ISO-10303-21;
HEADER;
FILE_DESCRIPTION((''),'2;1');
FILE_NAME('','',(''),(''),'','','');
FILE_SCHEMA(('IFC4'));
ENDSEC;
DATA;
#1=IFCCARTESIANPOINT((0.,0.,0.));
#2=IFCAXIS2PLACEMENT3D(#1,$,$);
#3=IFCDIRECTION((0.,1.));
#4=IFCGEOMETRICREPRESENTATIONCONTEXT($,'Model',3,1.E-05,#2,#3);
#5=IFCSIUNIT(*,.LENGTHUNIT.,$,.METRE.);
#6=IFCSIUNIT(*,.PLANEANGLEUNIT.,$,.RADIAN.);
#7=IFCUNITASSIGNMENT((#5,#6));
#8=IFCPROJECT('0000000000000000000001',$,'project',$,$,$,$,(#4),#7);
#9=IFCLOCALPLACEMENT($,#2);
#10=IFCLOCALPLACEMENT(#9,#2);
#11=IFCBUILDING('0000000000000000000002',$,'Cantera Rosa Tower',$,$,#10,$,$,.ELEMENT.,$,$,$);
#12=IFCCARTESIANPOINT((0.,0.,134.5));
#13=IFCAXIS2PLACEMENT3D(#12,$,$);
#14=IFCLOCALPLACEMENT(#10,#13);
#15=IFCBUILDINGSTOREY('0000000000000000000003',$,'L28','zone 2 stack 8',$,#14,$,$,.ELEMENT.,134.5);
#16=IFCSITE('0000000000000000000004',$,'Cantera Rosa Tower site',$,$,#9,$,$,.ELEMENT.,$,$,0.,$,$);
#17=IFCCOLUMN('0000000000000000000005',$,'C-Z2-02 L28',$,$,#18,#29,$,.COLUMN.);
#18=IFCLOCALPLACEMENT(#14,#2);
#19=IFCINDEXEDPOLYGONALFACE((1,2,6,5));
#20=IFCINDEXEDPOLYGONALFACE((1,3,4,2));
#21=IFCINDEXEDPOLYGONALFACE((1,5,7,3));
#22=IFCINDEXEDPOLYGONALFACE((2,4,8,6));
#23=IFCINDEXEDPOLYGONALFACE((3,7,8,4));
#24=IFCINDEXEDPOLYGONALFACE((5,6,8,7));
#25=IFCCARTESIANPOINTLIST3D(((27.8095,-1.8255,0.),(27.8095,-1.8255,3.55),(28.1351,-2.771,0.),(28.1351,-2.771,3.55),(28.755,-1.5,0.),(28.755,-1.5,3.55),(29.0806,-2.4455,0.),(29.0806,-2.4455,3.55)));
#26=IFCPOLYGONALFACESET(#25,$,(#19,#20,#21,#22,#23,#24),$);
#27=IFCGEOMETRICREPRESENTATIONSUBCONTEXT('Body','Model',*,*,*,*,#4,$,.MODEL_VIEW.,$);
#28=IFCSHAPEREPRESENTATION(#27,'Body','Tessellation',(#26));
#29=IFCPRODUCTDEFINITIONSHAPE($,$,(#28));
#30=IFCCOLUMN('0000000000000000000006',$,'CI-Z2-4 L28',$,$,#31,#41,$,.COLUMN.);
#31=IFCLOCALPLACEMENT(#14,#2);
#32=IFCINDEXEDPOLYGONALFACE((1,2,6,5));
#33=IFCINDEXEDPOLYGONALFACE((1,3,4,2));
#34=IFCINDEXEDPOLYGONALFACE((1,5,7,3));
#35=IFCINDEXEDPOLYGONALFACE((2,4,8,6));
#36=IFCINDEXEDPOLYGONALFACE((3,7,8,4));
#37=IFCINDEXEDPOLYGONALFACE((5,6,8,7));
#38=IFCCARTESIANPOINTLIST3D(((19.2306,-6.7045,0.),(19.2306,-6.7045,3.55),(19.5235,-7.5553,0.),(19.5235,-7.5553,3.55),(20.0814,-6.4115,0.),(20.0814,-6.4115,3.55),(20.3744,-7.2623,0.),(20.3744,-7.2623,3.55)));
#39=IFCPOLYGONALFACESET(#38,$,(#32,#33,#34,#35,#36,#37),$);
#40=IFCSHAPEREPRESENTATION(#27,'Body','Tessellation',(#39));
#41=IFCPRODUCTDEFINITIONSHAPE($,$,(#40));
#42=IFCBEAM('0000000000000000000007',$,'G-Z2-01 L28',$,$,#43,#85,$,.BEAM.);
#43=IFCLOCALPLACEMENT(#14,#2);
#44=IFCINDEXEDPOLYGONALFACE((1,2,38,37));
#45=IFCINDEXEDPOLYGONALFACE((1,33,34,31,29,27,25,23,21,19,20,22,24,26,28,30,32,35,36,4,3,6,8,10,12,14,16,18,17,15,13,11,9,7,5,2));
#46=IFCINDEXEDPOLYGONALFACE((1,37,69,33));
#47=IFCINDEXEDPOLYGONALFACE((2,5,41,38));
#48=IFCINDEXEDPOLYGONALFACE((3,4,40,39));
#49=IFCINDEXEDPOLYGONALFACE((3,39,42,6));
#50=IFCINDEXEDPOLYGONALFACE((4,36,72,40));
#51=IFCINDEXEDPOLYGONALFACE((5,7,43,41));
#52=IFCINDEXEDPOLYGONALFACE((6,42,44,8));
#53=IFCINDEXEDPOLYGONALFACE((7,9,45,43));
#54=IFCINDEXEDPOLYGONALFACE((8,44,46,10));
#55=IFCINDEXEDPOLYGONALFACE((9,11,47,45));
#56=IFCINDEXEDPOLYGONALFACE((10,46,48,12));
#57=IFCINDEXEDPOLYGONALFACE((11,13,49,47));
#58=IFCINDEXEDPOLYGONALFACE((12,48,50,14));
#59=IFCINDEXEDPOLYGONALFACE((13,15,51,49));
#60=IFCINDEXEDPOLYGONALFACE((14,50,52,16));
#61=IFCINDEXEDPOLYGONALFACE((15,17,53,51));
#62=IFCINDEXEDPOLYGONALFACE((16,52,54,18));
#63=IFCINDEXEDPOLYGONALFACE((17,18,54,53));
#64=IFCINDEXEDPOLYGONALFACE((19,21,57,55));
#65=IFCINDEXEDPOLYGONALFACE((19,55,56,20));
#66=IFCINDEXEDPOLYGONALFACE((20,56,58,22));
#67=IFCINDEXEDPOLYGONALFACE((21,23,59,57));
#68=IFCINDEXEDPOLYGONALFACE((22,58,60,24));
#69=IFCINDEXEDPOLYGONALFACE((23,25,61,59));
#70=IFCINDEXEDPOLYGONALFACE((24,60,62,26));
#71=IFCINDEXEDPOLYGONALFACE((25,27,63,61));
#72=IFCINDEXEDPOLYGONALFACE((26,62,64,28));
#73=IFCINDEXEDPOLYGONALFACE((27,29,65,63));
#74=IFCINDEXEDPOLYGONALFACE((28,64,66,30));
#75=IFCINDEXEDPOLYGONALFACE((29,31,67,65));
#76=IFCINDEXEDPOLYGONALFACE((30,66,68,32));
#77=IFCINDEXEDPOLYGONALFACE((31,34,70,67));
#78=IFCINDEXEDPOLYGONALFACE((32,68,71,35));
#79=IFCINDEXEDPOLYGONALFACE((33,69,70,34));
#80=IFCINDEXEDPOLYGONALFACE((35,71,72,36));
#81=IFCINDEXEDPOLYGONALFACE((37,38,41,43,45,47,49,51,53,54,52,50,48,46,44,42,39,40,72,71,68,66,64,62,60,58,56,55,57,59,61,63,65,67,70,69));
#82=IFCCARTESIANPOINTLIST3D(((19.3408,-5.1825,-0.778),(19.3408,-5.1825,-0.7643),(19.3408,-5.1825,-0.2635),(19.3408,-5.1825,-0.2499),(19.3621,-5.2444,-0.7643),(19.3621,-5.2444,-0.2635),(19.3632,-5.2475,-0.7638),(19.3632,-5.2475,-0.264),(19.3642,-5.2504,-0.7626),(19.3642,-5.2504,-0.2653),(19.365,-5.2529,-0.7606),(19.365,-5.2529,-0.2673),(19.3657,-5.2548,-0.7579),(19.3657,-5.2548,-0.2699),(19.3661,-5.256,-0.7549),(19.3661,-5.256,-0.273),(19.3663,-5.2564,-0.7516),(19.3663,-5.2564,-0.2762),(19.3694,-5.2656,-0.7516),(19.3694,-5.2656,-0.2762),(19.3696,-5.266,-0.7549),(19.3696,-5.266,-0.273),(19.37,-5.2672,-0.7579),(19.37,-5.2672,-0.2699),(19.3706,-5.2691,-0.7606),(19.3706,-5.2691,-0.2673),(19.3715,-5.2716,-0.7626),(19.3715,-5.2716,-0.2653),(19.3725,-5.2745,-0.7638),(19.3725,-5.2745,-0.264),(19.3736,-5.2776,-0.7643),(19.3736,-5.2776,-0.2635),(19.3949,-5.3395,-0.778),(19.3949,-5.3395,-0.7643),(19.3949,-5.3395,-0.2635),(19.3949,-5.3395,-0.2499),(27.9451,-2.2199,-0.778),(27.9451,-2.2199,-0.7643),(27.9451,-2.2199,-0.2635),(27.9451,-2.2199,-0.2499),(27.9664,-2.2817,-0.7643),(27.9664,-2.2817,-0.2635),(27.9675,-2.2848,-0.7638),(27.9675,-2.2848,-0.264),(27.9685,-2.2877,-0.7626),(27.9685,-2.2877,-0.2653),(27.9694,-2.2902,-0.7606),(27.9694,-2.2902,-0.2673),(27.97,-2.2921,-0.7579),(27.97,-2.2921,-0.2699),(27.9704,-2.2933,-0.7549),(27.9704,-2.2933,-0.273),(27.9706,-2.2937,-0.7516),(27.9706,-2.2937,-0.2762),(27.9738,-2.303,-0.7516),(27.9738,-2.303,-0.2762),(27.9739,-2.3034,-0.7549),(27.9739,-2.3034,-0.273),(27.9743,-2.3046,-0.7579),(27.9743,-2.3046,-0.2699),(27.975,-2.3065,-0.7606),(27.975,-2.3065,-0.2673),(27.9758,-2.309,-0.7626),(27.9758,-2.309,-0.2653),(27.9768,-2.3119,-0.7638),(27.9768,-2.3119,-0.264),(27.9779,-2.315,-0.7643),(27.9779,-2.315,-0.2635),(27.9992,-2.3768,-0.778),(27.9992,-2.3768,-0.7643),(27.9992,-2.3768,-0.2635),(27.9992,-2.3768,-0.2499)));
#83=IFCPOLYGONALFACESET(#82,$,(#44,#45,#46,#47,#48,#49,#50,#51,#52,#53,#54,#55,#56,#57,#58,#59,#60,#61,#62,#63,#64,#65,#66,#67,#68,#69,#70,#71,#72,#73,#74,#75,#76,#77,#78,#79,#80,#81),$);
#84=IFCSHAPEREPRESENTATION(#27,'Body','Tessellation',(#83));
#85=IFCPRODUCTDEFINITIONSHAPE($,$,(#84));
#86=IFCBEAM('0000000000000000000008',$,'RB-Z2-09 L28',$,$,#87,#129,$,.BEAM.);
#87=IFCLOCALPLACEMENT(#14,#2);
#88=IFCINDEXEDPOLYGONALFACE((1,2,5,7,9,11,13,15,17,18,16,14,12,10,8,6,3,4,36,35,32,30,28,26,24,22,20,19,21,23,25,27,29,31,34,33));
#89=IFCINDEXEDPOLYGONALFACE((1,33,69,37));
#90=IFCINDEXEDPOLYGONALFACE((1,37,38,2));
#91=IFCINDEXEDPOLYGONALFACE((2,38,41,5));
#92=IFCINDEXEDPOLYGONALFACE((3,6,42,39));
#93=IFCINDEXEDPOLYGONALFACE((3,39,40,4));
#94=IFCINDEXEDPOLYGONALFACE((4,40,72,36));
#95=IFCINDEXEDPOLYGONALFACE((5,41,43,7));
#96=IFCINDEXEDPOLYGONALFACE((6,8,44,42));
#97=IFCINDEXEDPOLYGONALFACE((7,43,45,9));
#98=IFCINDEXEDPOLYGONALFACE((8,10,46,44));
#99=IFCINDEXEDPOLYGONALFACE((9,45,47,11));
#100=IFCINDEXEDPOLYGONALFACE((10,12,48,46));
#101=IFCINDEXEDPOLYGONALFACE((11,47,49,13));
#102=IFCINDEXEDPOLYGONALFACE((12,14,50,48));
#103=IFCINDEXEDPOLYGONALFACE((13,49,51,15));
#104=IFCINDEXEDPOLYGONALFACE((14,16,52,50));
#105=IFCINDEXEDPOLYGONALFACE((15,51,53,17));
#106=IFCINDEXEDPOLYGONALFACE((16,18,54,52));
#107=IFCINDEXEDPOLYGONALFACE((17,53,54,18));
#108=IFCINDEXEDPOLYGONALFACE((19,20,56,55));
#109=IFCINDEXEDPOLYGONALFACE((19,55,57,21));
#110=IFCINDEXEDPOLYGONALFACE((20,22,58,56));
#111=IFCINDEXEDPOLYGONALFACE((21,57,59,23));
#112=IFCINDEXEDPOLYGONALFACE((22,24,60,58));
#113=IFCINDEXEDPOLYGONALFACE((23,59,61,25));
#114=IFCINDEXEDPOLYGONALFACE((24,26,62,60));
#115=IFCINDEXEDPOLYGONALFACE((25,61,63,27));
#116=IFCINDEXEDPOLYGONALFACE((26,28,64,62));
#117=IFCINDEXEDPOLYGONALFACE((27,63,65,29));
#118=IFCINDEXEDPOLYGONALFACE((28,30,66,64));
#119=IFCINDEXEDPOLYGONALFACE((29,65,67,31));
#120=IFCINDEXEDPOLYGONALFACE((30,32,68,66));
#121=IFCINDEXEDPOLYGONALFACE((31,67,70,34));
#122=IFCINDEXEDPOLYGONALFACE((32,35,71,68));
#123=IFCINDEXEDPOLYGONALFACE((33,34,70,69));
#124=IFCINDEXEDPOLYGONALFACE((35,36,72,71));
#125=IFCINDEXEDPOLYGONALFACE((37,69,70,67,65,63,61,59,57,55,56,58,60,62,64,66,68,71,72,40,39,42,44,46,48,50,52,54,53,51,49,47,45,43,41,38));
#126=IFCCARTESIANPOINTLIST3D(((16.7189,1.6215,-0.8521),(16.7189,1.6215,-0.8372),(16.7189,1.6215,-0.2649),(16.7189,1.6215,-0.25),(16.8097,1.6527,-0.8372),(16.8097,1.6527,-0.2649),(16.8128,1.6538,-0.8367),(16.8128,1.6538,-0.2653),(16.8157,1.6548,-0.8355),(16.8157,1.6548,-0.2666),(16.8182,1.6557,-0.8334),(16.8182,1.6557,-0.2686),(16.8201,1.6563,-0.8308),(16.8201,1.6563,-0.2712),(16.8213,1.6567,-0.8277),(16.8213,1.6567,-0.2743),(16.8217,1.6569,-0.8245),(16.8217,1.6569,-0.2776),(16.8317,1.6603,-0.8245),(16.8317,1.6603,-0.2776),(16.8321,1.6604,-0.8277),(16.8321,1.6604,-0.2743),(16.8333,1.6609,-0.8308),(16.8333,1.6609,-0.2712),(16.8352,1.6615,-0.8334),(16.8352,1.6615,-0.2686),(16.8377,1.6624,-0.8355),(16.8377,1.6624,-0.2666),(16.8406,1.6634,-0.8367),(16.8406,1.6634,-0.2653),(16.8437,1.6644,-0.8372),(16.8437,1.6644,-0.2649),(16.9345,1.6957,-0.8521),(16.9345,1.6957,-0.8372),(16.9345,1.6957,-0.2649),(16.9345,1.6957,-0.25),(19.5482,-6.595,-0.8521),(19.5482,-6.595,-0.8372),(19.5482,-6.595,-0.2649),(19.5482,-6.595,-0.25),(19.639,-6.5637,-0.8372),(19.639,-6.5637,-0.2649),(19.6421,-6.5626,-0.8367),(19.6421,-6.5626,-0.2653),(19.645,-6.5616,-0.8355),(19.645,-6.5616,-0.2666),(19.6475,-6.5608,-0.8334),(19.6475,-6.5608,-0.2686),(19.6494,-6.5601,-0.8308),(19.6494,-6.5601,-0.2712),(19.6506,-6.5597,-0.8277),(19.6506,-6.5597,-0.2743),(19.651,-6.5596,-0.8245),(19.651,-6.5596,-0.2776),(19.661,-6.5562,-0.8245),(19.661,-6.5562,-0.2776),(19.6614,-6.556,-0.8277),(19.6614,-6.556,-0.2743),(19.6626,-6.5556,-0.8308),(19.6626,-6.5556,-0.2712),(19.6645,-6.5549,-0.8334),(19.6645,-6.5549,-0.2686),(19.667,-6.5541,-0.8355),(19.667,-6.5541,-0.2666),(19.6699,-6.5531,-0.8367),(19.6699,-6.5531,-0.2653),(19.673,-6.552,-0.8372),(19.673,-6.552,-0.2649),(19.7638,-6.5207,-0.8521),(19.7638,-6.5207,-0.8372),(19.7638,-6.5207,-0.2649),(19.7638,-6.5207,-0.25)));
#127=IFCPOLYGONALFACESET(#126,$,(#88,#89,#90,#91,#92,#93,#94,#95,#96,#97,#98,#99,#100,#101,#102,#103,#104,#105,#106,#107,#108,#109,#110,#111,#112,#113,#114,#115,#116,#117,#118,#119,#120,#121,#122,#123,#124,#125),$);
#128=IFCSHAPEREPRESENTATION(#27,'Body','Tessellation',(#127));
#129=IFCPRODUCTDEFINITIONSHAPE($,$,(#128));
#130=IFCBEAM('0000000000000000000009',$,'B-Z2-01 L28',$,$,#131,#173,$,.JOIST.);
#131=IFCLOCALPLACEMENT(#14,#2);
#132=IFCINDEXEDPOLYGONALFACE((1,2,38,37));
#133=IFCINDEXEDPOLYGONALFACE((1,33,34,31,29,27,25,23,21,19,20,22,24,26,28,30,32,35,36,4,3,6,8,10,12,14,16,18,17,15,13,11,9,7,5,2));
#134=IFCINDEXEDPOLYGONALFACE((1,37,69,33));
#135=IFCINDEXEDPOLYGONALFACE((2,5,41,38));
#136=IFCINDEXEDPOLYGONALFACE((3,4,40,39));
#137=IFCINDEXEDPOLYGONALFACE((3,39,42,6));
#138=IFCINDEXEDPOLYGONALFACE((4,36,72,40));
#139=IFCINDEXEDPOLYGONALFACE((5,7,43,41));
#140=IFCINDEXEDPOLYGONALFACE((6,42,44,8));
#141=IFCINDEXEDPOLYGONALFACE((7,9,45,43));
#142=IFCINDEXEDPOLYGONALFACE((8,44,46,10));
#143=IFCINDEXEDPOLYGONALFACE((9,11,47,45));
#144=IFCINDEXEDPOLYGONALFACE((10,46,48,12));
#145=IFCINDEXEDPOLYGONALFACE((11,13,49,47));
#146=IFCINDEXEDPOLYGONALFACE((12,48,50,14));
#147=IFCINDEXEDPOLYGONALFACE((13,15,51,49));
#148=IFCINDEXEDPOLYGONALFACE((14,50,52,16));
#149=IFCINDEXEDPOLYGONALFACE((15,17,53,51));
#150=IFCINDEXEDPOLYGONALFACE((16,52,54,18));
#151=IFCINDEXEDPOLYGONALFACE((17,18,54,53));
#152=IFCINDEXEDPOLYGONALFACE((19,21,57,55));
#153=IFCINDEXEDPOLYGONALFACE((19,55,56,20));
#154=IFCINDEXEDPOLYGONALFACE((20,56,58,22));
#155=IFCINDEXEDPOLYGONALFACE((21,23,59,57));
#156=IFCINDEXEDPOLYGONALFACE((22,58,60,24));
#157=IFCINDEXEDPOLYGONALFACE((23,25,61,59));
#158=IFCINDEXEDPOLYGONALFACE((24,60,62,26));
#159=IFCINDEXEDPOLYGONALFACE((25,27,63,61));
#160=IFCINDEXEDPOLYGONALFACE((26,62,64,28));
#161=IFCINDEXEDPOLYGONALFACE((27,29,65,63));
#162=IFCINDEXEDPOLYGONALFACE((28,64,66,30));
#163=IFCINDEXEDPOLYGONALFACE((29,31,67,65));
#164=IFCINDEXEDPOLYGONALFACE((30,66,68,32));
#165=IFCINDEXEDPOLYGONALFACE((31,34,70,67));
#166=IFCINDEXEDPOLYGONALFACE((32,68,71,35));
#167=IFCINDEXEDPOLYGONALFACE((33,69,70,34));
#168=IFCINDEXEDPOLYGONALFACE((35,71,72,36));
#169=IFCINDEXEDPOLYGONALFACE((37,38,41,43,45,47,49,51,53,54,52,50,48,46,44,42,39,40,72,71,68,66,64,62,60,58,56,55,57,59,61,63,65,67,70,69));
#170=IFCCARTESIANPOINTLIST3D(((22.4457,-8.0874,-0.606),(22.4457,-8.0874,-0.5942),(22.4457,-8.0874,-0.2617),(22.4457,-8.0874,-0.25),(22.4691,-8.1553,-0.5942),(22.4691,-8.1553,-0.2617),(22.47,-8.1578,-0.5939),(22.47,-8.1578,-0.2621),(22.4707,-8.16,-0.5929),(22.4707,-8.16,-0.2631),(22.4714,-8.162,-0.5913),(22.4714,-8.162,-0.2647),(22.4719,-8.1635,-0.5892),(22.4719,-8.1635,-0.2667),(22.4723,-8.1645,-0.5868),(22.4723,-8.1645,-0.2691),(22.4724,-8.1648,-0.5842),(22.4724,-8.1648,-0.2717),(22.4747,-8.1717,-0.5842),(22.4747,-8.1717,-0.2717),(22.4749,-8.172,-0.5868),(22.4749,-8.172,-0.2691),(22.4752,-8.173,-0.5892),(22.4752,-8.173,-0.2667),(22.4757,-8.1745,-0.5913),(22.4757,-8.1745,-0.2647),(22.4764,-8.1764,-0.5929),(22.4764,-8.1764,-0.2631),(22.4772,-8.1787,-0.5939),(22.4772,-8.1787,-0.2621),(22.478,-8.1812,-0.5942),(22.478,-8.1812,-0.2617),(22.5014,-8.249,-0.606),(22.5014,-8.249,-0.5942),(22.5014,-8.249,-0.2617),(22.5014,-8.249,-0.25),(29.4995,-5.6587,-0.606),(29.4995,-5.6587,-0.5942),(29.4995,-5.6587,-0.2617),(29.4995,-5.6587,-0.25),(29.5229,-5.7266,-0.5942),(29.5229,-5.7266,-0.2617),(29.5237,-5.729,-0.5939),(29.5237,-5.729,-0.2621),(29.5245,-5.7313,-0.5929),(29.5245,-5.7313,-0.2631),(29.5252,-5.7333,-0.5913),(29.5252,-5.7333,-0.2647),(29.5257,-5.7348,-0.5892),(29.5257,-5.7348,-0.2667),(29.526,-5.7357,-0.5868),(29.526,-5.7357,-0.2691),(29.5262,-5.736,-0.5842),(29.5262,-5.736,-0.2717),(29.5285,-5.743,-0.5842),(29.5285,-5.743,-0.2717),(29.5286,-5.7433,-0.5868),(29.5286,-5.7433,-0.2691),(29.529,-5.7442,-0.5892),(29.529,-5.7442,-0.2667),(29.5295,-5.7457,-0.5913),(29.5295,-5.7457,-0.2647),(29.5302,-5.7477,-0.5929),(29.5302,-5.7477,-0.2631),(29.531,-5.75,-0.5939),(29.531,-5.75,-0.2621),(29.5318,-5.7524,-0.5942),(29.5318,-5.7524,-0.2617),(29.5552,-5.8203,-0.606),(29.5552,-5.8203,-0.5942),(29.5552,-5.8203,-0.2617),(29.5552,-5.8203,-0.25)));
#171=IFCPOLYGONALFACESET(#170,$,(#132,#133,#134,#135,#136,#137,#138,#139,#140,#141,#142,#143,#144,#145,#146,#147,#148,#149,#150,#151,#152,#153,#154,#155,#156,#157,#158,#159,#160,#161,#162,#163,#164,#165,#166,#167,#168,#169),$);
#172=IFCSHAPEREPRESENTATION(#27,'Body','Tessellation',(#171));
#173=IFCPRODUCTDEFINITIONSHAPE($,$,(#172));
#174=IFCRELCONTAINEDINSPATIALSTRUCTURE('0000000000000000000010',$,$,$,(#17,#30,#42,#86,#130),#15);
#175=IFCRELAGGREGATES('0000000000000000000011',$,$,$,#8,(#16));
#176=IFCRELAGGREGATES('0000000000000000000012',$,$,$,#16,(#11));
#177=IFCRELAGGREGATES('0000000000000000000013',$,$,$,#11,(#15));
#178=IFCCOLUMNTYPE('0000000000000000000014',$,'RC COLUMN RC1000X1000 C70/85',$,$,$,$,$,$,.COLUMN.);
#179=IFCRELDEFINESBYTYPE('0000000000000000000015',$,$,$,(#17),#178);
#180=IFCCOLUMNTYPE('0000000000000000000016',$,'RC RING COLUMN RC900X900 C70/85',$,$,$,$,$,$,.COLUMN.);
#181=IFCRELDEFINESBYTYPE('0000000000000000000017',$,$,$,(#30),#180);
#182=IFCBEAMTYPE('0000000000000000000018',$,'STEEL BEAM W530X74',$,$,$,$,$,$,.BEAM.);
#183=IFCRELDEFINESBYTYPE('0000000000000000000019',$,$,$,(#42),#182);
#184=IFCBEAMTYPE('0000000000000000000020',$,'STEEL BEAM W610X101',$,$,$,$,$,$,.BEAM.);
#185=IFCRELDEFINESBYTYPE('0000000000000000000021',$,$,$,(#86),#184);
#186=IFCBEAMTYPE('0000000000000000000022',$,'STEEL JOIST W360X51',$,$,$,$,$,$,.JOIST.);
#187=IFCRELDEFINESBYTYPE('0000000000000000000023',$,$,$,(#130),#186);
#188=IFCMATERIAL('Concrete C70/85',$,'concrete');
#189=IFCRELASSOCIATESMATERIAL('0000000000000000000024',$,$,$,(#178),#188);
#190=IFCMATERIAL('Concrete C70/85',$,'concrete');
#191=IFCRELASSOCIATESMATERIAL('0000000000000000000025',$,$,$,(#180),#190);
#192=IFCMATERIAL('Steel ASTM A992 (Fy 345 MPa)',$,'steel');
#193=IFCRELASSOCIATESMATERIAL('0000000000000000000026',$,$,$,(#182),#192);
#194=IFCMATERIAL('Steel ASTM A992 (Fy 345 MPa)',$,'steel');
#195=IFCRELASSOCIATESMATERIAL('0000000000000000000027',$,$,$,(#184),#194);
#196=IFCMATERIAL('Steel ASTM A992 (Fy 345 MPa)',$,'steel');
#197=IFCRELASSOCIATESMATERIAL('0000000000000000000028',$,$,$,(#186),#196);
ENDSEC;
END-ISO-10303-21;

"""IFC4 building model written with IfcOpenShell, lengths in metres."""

from ifc_helpers import new_model, si_unit, direction, frame, origin, origin_2d, place, context, subcontext, project, spatial, rectangle, i_section, extrude, material, material_profile, profile_set, type_object, element, save


model = new_model("IFC4")

# Units and contexts
model_context = context("Model", 3, precision=1e-05, world=origin(), true_north=direction((0.0, 1.0)))
body_context = subcontext(model_context, "Body", "Model", "MODEL_VIEW")
ifc_project = project(units=[si_unit("LENGTHUNIT", "METRE"), si_unit("PLANEANGLEUNIT", "RADIAN")], contexts=[model_context])

# Site, building, storey
site_placement = place(None, origin())
site = spatial("IfcSite", under=ifc_project, at=site_placement, Name="Cantera Rosa Tower site", CompositionType="ELEMENT", RefElevation=0.0)
building_placement = place(site_placement, origin())
building = spatial("IfcBuilding", under=site, at=building_placement, Name="Cantera Rosa Tower", CompositionType="ELEMENT")
storey_placement = place(building_placement, frame((0.0, 0.0, 134.5)))
storey = spatial("IfcBuildingStorey", under=building, at=storey_placement, Name="L28", Description="zone 2 stack 8", CompositionType="ELEMENT", Elevation=134.5)

# Columns
ifc_material_1 = material(Name="Concrete C70/85", Category="concrete")
ifc_material_profile_1 = material_profile(ifc_material_1, rectangle(XDim=1.0, YDim=1.0, at=origin_2d()), Name="RC COLUMN RC1000X1000 C70/85")
ifc_profile_set_1 = profile_set([ifc_material_profile_1], Name="Concrete C70/85")
column_type_1 = type_object("IfcColumnType", Name="RC COLUMN RC1000X1000 C70/85", PredefinedType="COLUMN", material=ifc_profile_set_1)
column_1_placement = place(storey_placement, frame((28.4451, -2.1355, 0.0), z_axis=(0.0, 0.0, 1.0), x_axis=(0.945519, 0.325568, 0.0)))
element("IfcColumn", 1, at=column_1_placement, inside=storey, type_object=column_type_1, Name="C-Z2-02 L28", PredefinedType="COLUMN", context=body_context, shape_type="SweptSolid", body=[
    extrude(rectangle(XDim=1.0, YDim=1.0, at=origin_2d()), origin(), (0.0, 0.0, 1.0), 3.55),
])
ifc_material_2 = material(Name="Concrete C70/85", Category="concrete")
ifc_material_profile_2 = material_profile(ifc_material_2, rectangle(XDim=0.8999, YDim=0.8999, at=origin_2d()), Name="RC RING COLUMN RC900X900 C70/85")
ifc_profile_set_2 = profile_set([ifc_material_profile_2], Name="Concrete C70/85")
column_type_2 = type_object("IfcColumnType", Name="RC RING COLUMN RC900X900 C70/85", PredefinedType="COLUMN", material=ifc_profile_set_2)
column_2_placement = place(storey_placement, frame((19.8025, -6.9834, 0.0), z_axis=(0.0, 0.0, 1.0), x_axis=(0.945519, 0.325568, 0.0)))
element("IfcColumn", 2, at=column_2_placement, inside=storey, type_object=column_type_2, Name="CI-Z2-4 L28", PredefinedType="COLUMN", context=body_context, shape_type="SweptSolid", body=[
    extrude(rectangle(XDim=0.8999, YDim=0.8999, at=origin_2d()), origin(), (0.0, 0.0, 1.0), 3.55),
])

# Beams
ifc_material_3 = material(Name="Steel ASTM A992 (Fy 345 MPa)", Category="steel")
ifc_material_profile_3 = material_profile(ifc_material_3, i_section(OverallWidth=0.166, OverallDepth=0.5281, WebThickness=0.0098, FlangeThickness=0.0137, FilletRadius=0.0127, at=origin_2d()), Name="W530X74")
ifc_profile_set_3 = profile_set([ifc_material_profile_3], Name="Steel ASTM A992 (Fy 345 MPa)")
beam_type_1 = type_object("IfcBeamType", Name="STEEL BEAM W530X74", PredefinedType="BEAM", material=ifc_profile_set_3)
beam_1_placement = place(storey_placement, frame((27.9722, -2.2983, -0.5139), z_axis=(-0.94552, -0.325565, 0.0), x_axis=(0.325565, -0.94552, 0.0)))
element("IfcBeam", 3, at=beam_1_placement, inside=storey, type_object=beam_type_1, Name="G-Z2-01 L28", PredefinedType="BEAM", context=body_context, shape_type="SweptSolid", body=[
    extrude(i_section(OverallWidth=0.166, OverallDepth=0.5281, WebThickness=0.0098, FlangeThickness=0.0137, FilletRadius=0.0127, at=origin_2d()), origin(), (0.0, 0.0, 1.0), 9.1001),
])
ifc_material_4 = material(Name="Steel ASTM A992 (Fy 345 MPa)", Category="steel")
ifc_material_profile_4 = material_profile(ifc_material_4, i_section(OverallWidth=0.228, OverallDepth=0.6021, WebThickness=0.0105, FlangeThickness=0.0149, FilletRadius=0.0127, at=origin_2d()), Name="W610X101")
ifc_profile_set_4 = profile_set([ifc_material_profile_4], Name="Steel ASTM A992 (Fy 345 MPa)")
beam_type_2 = type_object("IfcBeamType", Name="STEEL BEAM W610X101", PredefinedType="BEAM", material=ifc_profile_set_4)
beam_2_placement = place(storey_placement, frame((19.656, -6.5579, -0.551), z_axis=(-0.325585, 0.945513, 0.0), x_axis=(-0.945513, -0.325585, 0.0)))
element("IfcBeam", 4, at=beam_2_placement, inside=storey, type_object=beam_type_2, Name="RB-Z2-09 L28", PredefinedType="BEAM", context=body_context, shape_type="SweptSolid", body=[
    extrude(i_section(OverallWidth=0.228, OverallDepth=0.6021, WebThickness=0.0105, FlangeThickness=0.0149, FilletRadius=0.0127, at=origin_2d()), origin(), (0.0, 0.0, 1.0), 8.6899),
])
ifc_material_5 = material(Name="Steel ASTM A992 (Fy 345 MPa)", Category="steel")
ifc_material_profile_5 = material_profile(ifc_material_5, i_section(OverallWidth=0.1709, OverallDepth=0.356, WebThickness=0.0073, FlangeThickness=0.0117, FilletRadius=0.01, at=origin_2d()), Name="W360X51")
ifc_profile_set_5 = profile_set([ifc_material_profile_5], Name="Steel ASTM A992 (Fy 345 MPa)")
beam_type_3 = type_object("IfcBeamType", Name="STEEL JOIST W360X51", PredefinedType="JOIST", material=ifc_profile_set_5)
beam_3_placement = place(storey_placement, frame((29.5273, -5.7395, -0.428), z_axis=(-0.945522, -0.325559, 0.0), x_axis=(0.325559, -0.945522, 0.0)))
element("IfcBeam", 5, at=beam_3_placement, inside=storey, type_object=beam_type_3, Name="B-Z2-01 L28", PredefinedType="JOIST", context=body_context, shape_type="SweptSolid", body=[
    extrude(i_section(OverallWidth=0.1709, OverallDepth=0.356, WebThickness=0.0073, FlangeThickness=0.0117, FilletRadius=0.01, at=origin_2d()), origin(), (0.0, 0.0, 1.0), 7.4602),
])

save(model, "model.ifc")
